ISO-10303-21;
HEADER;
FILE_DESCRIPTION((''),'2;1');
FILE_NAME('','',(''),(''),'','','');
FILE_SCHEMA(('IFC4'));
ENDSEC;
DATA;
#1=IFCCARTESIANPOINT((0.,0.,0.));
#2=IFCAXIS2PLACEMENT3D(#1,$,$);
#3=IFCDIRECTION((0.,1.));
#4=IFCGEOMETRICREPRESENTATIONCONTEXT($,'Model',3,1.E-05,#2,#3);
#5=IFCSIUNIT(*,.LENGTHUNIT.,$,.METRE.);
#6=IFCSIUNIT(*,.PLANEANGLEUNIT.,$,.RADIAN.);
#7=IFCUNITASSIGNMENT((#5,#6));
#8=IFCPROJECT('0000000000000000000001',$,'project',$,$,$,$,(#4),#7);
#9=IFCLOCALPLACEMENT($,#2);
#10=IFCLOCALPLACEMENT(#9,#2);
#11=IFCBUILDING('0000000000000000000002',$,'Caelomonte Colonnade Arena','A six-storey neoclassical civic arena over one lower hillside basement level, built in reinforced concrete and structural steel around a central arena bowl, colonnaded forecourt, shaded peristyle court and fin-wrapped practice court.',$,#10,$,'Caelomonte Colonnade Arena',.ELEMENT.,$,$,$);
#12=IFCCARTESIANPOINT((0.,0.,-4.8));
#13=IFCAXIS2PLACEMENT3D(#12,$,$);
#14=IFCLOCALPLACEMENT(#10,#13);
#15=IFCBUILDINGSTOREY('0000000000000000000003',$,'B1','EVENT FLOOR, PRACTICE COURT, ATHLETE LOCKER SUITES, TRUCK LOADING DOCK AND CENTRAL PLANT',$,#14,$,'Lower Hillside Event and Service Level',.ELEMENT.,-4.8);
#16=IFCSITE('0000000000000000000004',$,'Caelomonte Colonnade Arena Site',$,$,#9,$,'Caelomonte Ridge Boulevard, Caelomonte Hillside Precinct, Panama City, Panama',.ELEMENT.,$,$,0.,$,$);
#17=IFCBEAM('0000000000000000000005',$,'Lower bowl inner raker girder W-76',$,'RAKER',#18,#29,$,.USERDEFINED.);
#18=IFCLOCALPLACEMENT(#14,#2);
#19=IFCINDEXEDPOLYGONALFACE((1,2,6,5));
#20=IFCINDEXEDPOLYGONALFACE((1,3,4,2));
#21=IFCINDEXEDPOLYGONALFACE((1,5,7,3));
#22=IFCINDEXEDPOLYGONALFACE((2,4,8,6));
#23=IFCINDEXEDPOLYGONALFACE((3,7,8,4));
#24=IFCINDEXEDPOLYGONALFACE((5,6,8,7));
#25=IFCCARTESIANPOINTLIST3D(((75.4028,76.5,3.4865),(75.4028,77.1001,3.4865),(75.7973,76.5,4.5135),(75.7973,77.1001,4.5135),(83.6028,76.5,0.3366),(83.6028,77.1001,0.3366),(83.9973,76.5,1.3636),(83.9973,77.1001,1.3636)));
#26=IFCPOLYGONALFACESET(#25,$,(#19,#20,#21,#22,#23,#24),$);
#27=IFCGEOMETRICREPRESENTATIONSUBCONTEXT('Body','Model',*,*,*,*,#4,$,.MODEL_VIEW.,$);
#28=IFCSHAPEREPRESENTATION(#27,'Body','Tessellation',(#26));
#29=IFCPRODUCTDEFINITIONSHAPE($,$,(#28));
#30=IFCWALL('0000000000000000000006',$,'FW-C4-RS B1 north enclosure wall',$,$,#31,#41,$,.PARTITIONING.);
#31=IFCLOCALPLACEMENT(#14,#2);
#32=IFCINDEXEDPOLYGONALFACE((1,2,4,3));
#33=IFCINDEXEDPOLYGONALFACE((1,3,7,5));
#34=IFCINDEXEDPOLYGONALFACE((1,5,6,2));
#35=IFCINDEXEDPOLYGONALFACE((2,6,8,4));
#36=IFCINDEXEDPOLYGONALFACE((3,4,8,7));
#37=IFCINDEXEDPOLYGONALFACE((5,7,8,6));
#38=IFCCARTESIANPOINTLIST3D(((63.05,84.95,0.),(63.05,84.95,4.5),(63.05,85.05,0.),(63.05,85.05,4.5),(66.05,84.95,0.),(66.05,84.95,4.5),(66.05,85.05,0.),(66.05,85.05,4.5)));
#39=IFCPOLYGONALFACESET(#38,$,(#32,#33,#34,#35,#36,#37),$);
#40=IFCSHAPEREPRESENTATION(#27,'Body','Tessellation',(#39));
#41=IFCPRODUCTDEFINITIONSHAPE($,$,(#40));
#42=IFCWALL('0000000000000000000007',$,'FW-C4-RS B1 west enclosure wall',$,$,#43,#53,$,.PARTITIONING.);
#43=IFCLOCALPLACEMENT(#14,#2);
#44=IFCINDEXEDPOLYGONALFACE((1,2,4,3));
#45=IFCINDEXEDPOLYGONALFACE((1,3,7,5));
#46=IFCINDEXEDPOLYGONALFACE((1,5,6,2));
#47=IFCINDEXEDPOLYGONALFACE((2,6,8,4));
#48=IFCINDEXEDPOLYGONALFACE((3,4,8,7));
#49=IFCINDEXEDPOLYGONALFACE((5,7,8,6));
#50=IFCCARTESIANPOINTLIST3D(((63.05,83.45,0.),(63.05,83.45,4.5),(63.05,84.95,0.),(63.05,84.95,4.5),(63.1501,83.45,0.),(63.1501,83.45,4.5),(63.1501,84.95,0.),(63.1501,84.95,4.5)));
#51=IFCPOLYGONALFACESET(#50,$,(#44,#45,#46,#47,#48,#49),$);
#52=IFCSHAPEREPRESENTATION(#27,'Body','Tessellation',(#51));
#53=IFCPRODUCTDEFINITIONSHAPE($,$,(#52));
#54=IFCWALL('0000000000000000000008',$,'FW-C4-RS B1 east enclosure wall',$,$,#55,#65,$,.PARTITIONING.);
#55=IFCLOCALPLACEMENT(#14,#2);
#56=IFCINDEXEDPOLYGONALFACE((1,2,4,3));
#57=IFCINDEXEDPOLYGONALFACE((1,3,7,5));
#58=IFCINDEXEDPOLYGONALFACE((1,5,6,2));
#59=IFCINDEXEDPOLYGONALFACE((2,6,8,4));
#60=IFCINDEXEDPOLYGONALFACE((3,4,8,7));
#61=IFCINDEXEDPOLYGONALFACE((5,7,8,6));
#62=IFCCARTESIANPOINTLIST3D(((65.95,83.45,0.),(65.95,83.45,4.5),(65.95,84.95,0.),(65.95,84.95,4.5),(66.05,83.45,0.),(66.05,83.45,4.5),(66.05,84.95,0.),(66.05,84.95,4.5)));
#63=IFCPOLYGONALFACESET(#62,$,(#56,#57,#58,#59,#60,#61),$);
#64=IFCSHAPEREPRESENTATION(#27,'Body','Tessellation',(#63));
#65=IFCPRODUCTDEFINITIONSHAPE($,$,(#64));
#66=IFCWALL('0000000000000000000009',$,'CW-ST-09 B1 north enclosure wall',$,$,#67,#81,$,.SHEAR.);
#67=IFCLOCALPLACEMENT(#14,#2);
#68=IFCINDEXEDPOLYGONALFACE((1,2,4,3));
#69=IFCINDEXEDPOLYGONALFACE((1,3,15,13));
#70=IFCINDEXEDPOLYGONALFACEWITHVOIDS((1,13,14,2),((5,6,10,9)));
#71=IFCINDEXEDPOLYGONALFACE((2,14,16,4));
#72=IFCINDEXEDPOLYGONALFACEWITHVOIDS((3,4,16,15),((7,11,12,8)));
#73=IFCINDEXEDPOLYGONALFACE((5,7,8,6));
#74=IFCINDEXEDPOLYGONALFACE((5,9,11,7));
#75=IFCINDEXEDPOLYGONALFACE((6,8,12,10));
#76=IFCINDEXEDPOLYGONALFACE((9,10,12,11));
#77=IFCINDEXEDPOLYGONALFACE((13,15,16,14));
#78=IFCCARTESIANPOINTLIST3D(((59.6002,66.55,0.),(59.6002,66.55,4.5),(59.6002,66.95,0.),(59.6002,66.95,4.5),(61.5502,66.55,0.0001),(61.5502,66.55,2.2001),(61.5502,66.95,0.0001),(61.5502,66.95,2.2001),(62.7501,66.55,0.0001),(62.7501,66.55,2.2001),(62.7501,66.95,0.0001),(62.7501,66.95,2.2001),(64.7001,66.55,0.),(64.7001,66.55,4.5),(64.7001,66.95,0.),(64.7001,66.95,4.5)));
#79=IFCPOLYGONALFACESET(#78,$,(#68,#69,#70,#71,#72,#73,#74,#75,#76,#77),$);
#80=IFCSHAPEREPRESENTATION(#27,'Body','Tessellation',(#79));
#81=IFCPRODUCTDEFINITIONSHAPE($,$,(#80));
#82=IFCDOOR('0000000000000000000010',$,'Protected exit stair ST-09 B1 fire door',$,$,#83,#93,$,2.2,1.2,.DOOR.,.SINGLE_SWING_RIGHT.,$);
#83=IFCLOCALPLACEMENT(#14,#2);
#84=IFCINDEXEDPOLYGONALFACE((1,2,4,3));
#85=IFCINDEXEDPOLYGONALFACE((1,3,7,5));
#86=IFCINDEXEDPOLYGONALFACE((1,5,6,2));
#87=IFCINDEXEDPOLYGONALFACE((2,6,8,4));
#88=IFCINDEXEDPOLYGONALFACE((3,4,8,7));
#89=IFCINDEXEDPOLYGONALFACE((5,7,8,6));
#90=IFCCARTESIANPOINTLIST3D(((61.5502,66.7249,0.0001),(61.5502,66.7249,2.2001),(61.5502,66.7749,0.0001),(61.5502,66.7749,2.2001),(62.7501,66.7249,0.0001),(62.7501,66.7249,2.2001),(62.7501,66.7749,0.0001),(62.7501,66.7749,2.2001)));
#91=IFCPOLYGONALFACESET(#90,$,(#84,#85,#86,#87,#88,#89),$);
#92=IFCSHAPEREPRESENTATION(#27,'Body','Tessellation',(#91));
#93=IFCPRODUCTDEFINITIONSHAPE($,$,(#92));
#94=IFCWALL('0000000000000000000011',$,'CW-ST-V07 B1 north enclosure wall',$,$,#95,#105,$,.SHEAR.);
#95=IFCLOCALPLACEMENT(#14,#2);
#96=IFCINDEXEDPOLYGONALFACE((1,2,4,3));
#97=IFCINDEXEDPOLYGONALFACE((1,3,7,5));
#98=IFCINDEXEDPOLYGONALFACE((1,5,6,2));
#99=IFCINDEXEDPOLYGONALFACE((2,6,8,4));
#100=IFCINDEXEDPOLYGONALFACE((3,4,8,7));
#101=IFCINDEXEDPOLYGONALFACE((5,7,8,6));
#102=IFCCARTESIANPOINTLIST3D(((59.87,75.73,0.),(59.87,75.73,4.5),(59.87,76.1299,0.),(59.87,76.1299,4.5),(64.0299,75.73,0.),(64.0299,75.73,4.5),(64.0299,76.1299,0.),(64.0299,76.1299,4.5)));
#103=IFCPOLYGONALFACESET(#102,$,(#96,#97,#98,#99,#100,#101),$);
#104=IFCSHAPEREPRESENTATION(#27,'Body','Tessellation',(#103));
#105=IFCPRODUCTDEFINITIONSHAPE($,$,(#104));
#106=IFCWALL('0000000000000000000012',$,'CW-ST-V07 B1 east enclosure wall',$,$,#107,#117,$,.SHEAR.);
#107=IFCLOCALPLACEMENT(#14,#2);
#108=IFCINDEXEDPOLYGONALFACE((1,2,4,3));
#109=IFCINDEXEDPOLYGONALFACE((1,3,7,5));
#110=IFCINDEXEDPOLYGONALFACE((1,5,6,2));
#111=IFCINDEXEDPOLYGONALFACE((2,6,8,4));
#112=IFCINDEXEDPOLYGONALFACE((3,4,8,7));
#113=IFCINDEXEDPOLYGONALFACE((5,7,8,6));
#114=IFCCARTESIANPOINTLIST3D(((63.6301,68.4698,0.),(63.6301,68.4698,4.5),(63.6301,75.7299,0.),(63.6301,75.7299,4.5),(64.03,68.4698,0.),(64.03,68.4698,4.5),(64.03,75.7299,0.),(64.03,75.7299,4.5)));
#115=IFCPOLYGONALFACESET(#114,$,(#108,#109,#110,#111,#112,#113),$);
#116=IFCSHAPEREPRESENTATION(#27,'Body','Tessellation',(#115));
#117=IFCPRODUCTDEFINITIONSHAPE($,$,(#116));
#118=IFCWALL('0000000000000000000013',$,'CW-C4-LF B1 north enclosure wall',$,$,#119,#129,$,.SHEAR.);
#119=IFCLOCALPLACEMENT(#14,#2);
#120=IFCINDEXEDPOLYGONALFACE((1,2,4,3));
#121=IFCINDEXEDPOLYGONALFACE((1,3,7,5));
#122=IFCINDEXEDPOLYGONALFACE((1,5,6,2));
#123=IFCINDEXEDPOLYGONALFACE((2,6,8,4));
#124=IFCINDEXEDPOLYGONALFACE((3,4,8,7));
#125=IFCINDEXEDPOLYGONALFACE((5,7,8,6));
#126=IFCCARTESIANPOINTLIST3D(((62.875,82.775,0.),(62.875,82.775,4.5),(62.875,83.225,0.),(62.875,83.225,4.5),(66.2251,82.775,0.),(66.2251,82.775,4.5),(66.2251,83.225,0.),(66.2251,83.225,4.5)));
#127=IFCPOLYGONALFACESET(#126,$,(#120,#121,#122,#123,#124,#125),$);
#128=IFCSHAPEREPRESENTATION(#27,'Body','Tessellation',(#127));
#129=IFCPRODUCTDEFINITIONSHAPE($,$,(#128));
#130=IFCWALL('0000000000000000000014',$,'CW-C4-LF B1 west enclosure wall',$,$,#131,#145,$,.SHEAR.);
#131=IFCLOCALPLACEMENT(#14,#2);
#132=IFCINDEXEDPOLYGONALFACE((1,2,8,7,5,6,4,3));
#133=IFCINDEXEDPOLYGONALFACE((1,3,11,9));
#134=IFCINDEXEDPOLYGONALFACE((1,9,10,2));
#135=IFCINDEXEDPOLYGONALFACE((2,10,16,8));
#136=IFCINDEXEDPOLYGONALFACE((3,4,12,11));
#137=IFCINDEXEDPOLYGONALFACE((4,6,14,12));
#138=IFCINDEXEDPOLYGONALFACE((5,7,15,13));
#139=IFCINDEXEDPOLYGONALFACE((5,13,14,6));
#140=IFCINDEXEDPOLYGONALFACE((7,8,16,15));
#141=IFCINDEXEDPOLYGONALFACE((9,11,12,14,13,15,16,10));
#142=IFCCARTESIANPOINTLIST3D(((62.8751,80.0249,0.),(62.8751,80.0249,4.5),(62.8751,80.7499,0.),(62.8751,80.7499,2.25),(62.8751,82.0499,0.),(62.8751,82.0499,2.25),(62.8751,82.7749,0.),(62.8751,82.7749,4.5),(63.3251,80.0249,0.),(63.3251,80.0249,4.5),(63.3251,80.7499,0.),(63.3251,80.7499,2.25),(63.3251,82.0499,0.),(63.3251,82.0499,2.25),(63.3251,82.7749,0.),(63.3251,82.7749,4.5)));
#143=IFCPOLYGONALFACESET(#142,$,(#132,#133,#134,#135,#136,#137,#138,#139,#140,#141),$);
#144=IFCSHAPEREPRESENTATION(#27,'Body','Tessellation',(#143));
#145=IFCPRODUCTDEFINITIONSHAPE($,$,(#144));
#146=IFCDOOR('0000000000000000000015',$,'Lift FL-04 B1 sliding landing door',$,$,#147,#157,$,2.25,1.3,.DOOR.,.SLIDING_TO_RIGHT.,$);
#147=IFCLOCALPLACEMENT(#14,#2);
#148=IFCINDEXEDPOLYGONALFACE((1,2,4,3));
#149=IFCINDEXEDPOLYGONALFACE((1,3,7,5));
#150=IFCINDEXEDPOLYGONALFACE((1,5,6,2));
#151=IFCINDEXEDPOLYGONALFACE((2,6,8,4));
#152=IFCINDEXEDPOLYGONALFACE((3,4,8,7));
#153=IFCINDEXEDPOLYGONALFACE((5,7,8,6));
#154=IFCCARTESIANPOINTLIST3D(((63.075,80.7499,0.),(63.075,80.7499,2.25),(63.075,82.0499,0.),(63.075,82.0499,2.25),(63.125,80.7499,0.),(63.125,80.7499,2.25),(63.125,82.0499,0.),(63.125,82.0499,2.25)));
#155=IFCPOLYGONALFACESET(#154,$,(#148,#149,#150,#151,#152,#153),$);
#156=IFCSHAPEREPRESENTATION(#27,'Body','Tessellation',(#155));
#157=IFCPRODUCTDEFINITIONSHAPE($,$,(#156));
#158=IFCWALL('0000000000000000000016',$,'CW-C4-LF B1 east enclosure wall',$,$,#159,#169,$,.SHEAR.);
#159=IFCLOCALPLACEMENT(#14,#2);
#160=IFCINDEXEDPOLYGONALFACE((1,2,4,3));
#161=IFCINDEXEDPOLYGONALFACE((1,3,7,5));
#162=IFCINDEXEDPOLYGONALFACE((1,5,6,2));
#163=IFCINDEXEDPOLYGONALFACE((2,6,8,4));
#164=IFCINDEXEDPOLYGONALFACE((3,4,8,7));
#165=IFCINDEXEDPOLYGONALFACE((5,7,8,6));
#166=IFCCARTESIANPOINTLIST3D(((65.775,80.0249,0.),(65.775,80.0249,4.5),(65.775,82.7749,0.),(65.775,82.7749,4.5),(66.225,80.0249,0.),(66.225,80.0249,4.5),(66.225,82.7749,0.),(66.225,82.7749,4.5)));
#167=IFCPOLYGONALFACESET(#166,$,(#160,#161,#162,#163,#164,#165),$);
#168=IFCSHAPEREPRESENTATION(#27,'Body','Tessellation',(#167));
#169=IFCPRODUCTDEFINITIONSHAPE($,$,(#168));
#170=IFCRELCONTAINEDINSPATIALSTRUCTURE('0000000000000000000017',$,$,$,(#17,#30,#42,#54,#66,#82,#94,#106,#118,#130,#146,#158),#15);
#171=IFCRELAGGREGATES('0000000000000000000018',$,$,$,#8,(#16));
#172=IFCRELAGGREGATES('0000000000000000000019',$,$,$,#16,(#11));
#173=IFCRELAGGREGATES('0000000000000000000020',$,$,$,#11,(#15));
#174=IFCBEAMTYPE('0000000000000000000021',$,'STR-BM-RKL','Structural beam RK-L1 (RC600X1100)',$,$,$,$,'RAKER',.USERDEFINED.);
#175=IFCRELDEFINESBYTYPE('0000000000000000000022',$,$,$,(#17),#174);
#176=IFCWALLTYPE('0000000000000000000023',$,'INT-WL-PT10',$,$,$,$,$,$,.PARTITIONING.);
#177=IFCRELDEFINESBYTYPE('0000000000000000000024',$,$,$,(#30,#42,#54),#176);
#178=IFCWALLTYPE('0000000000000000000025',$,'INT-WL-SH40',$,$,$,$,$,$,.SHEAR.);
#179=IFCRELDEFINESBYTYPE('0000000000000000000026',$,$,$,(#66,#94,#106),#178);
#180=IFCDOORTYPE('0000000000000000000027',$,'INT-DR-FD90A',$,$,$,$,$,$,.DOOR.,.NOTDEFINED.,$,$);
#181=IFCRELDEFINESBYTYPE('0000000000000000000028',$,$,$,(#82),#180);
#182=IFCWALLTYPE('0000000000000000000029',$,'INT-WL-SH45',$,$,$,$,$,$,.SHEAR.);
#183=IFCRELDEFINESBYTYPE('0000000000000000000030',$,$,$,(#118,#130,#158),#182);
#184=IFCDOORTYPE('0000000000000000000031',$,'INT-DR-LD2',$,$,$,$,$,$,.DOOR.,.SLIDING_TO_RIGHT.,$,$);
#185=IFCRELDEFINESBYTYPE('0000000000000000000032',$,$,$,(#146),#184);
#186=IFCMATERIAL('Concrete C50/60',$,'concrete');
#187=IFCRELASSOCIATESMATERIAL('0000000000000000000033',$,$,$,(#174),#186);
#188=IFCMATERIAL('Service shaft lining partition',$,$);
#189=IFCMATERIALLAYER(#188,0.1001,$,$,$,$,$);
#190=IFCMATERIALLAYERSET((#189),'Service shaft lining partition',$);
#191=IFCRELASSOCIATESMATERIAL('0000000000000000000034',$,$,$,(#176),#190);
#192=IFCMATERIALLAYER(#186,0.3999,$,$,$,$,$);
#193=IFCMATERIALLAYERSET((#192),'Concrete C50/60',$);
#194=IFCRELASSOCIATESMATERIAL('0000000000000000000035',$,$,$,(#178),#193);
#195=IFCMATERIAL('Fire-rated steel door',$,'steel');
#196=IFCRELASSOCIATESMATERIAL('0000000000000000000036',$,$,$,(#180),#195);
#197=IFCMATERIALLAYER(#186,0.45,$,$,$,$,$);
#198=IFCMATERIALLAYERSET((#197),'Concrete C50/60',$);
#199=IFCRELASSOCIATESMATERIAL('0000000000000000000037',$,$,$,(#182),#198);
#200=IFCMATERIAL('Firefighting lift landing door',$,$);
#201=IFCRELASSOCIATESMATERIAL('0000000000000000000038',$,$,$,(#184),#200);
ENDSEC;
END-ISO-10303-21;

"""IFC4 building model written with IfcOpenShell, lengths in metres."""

from ifc_helpers import new_model, si_unit, direction, frame, frame_2d, origin, origin_2d, place, context, subcontext, project, spatial, rectangle, extrude, material, layer, layer_set, material_profile, profile_set, type_object, element, fill, save


model = new_model("IFC4")

# Units and contexts
model_context = context("Model", 3, precision=1e-05, world=origin(), true_north=direction((0.0, 1.0)))
body_context = subcontext(model_context, "Body", "Model", "MODEL_VIEW")
ifc_project = project(units=[si_unit("LENGTHUNIT", "METRE"), si_unit("PLANEANGLEUNIT", "RADIAN")], contexts=[model_context])

# Site, building, storey
site_placement = place(None, origin())
site = spatial("IfcSite", under=ifc_project, at=site_placement, Name="Caelomonte Colonnade Arena Site", LongName="Caelomonte Ridge Boulevard, Caelomonte Hillside Precinct, Panama City, Panama", CompositionType="ELEMENT", RefElevation=0.0)
building_placement = place(site_placement, origin())
building = spatial("IfcBuilding", under=site, at=building_placement, Name="Caelomonte Colonnade Arena", Description="A six-storey neoclassical civic arena over one lower hillside basement level, built in reinforced concrete and structural steel around a central arena bowl, colonnaded forecourt, shaded peristyle court and fin-wrapped practice court.", LongName="Caelomonte Colonnade Arena", CompositionType="ELEMENT")
storey_placement = place(building_placement, frame((0.0, 0.0, -4.8)))
storey = spatial("IfcBuildingStorey", under=building, at=storey_placement, Name="B1", Description="EVENT FLOOR, PRACTICE COURT, ATHLETE LOCKER SUITES, TRUCK LOADING DOCK AND CENTRAL PLANT", LongName="Lower Hillside Event and Service Level", CompositionType="ELEMENT", Elevation=-4.8)

# Shared definitions
ifc_material_1 = material(Name="Concrete C50/60", Category="concrete")

# Beam
ifc_material_profile_1 = material_profile(ifc_material_1, rectangle(XDim=0.6001, YDim=1.1001, at=origin_2d()), Name="RC600X1100")
ifc_profile_set_1 = profile_set([ifc_material_profile_1], Name="Concrete C50/60")
beam_type = type_object("IfcBeamType", Name="STR-BM-RKL", Description="Structural beam RK-L1 (RC600X1100)", ElementType="RAKER", PredefinedType="USERDEFINED", material=ifc_profile_set_1)
for number, where, z_axis, x_axis, name in (
    (1, (83.8, 76.8, 0.8501), (-0.933495, 0.0, 0.35859), (0.0, -1.0, 0.0), "Lower bowl inner raker girder W-76"),
):
    element("IfcBeam", number, at=place(storey_placement, frame(where, z_axis=z_axis, x_axis=x_axis)), inside=storey, type_object=beam_type, Name=name, ObjectType="RAKER", PredefinedType="USERDEFINED", context=body_context, shape_type="SweptSolid", body=[
        extrude(rectangle(XDim=0.6001, YDim=1.1001, at=origin_2d()), origin(), (0.0, 0.0, 1.0), 8.7842),
    ])

# Walls
ifc_material_2 = material(Name="Service shaft lining partition")
ifc_layer_1 = layer(ifc_material_2, 0.1001)
ifc_layer_set_1 = layer_set([ifc_layer_1], Name="Service shaft lining partition")
wall_type_1 = type_object("IfcWallType", Name="INT-WL-PT10", PredefinedType="PARTITIONING", material=ifc_layer_set_1)
wall_1_placement = place(storey_placement, frame((66.05, 85.0, 0.0), z_axis=(0.0, 0.0, 1.0), x_axis=(-1.0, 0.0, 0.0)))
element("IfcWall", 2, at=wall_1_placement, inside=storey, type_object=wall_type_1, Name="FW-C4-RS B1 north enclosure wall", PredefinedType="PARTITIONING", context=body_context, shape_type="SweptSolid", body=[
    extrude(rectangle(XDim=3.0, YDim=0.1001, at=frame_2d((1.5, 0.0))), origin(), (0.0, 0.0, 1.0), 4.5),
])
for number, where, z_axis, x_axis, name in (
    (3, (63.1001, 84.95, 0.0), (0.0, 0.0, 1.0), (0.0, -1.0, 0.0), "FW-C4-RS B1 west enclosure wall"),
    (4, (66.0, 83.45, 0.0), (0.0, 0.0, 1.0), (0.0, 1.0, 0.0), "FW-C4-RS B1 east enclosure wall"),
):
    element("IfcWall", number, at=place(storey_placement, frame(where, z_axis=z_axis, x_axis=x_axis)), inside=storey, type_object=wall_type_1, Name=name, PredefinedType="PARTITIONING", context=body_context, shape_type="SweptSolid", body=[
        extrude(rectangle(XDim=1.5, YDim=0.1001, at=frame_2d((0.75, 0.0))), origin(), (0.0, 0.0, 1.0), 4.5),
    ])

# Wall, opening, door
ifc_layer_2 = layer(ifc_material_1, 0.3999)
ifc_layer_set_2 = layer_set([ifc_layer_2], Name="Concrete C50/60")
wall_type_2 = type_object("IfcWallType", Name="INT-WL-SH40", PredefinedType="SHEAR", material=ifc_layer_set_2)
wall_2_placement = place(storey_placement, frame((64.7, 66.75, 0.0), z_axis=(0.0, 0.0, 1.0), x_axis=(-1.0, 0.0, 0.0)))
wall_2 = element("IfcWall", 5, at=wall_2_placement, inside=storey, type_object=wall_type_2, Name="CW-ST-09 B1 north enclosure wall", PredefinedType="SHEAR", context=body_context, shape_type="SweptSolid", body=[
    extrude(rectangle(XDim=5.0999, YDim=0.3999, at=frame_2d((2.5498, 0.0))), origin(), (0.0, 0.0, 1.0), 4.5),
])
opening_1_placement = place(wall_2_placement, frame((3.1499, 0.0, 0.0), z_axis=(0.0, 0.0, 1.0), x_axis=(-1.0, 0.0, 0.0)))
opening_1 = element("IfcOpeningElement", 6, at=opening_1_placement, cuts=wall_2, PredefinedType="OPENING", context=body_context, shape_type="SweptSolid", body=[
    extrude(rectangle(XDim=1.2, YDim=2.2, at=frame_2d((0.6001, 1.1001))), frame((0.0, 0.21, 0.0), z_axis=(0.0, -1.0, 0.0), x_axis=(1.0, 0.0, 0.0)), (0.0, 0.0, 1.0), 0.4199),
])
ifc_material_3 = material(Name="Fire-rated steel door", Category="steel")
door_type_1 = type_object("IfcDoorType", Name="INT-DR-FD90A", OperationType="NOTDEFINED", PredefinedType="DOOR", material=ifc_material_3)
door_1_placement = place(opening_1_placement, origin())
door_1 = element("IfcDoor", 7, at=door_1_placement, inside=storey, type_object=door_type_1, Name="Protected exit stair ST-09 B1 fire door", OperationType="SINGLE_SWING_RIGHT", OverallHeight=2.2, OverallWidth=1.2, PredefinedType="DOOR", context=body_context, shape_type="SweptSolid", body=[
    extrude(rectangle(XDim=1.2, YDim=2.2, at=frame_2d((0.6001, 1.1001))), frame((0.0, 0.0249, 0.0), z_axis=(0.0, -1.0, 0.0), x_axis=(1.0, 0.0, 0.0)), (0.0, 0.0, 1.0), 0.05),
])
fill(opening_1, door_1)

# Walls
wall_3_placement = place(storey_placement, frame((64.03, 75.9299, 0.0), z_axis=(0.0, 0.0, 1.0), x_axis=(-1.0, 0.0, 0.0)))
element("IfcWall", 8, at=wall_3_placement, inside=storey, type_object=wall_type_2, Name="CW-ST-V07 B1 north enclosure wall", PredefinedType="SHEAR", context=body_context, shape_type="SweptSolid", body=[
    extrude(rectangle(XDim=4.1599, YDim=0.3999, at=frame_2d((2.0801, 0.0))), origin(), (0.0, 0.0, 1.0), 4.5),
])
wall_4_placement = place(storey_placement, frame((63.8301, 68.47, 0.0), z_axis=(0.0, 0.0, 1.0), x_axis=(0.0, 1.0, 0.0)))
element("IfcWall", 9, at=wall_4_placement, inside=storey, type_object=wall_type_2, Name="CW-ST-V07 B1 east enclosure wall", PredefinedType="SHEAR", context=body_context, shape_type="SweptSolid", body=[
    extrude(rectangle(XDim=7.26, YDim=0.3999, at=frame_2d((3.6299, 0.0))), origin(), (0.0, 0.0, 1.0), 4.5),
])
ifc_layer_3 = layer(ifc_material_1, 0.45)
ifc_layer_set_3 = layer_set([ifc_layer_3], Name="Concrete C50/60")
wall_type_3 = type_object("IfcWallType", Name="INT-WL-SH45", PredefinedType="SHEAR", material=ifc_layer_set_3)
wall_5_placement = place(storey_placement, frame((66.2251, 83.0, 0.0), z_axis=(0.0, 0.0, 1.0), x_axis=(-1.0, 0.0, 0.0)))
element("IfcWall", 10, at=wall_5_placement, inside=storey, type_object=wall_type_3, Name="CW-C4-LF B1 north enclosure wall", PredefinedType="SHEAR", context=body_context, shape_type="SweptSolid", body=[
    extrude(rectangle(XDim=3.3501, YDim=0.45, at=frame_2d((1.675, 0.0))), origin(), (0.0, 0.0, 1.0), 4.5),
])

# Wall, opening, door
wall_6_placement = place(storey_placement, frame((63.1001, 82.7749, 0.0), z_axis=(0.0, 0.0, 1.0), x_axis=(0.0, -1.0, 0.0)))
wall_6 = element("IfcWall", 11, at=wall_6_placement, inside=storey, type_object=wall_type_3, Name="CW-C4-LF B1 west enclosure wall", PredefinedType="SHEAR", context=body_context, shape_type="SweptSolid", body=[
    extrude(rectangle(XDim=2.75, YDim=0.45, at=frame_2d((1.375, 0.0))), origin(), (0.0, 0.0, 1.0), 4.5),
])
opening_2_placement = place(wall_6_placement, frame((0.7251, 0.0, 0.0), z_axis=(0.0, 0.0, 1.0), x_axis=(1.0, 0.0, 0.0)))
opening_2 = element("IfcOpeningElement", 12, at=opening_2_placement, cuts=wall_6, PredefinedType="OPENING", context=body_context, shape_type="SweptSolid", body=[
    extrude(rectangle(XDim=1.3, YDim=2.25, at=frame_2d((0.6499, 1.125))), frame((0.0, 0.2349, 0.0), z_axis=(0.0, -1.0, 0.0), x_axis=(1.0, 0.0, 0.0)), (0.0, 0.0, 1.0), 0.47),
])
ifc_material_4 = material(Name="Firefighting lift landing door")
door_type_2 = type_object("IfcDoorType", Name="INT-DR-LD2", OperationType="SLIDING_TO_RIGHT", PredefinedType="DOOR", material=ifc_material_4)
door_2_placement = place(opening_2_placement, origin())
door_2 = element("IfcDoor", 13, at=door_2_placement, inside=storey, type_object=door_type_2, Name="Lift FL-04 B1 sliding landing door", OperationType="SLIDING_TO_RIGHT", OverallHeight=2.25, OverallWidth=1.3, PredefinedType="DOOR", context=body_context, shape_type="SweptSolid", body=[
    extrude(rectangle(XDim=1.3, YDim=2.25, at=frame_2d((0.6499, 1.125))), frame((0.0, 0.0249, 0.0), z_axis=(0.0, -1.0, 0.0), x_axis=(1.0, 0.0, 0.0)), (0.0, 0.0, 1.0), 0.05),
])
fill(opening_2, door_2)

# Wall
wall_7_placement = place(storey_placement, frame((66.0, 80.0249, 0.0), z_axis=(0.0, 0.0, 1.0), x_axis=(0.0, 1.0, 0.0)))
element("IfcWall", 14, at=wall_7_placement, inside=storey, type_object=wall_type_3, Name="CW-C4-LF B1 east enclosure wall", PredefinedType="SHEAR", context=body_context, shape_type="SweptSolid", body=[
    extrude(rectangle(XDim=2.75, YDim=0.45, at=frame_2d((1.375, 0.0))), origin(), (0.0, 0.0, 1.0), 4.5),
])

save(model, "model.ifc")
